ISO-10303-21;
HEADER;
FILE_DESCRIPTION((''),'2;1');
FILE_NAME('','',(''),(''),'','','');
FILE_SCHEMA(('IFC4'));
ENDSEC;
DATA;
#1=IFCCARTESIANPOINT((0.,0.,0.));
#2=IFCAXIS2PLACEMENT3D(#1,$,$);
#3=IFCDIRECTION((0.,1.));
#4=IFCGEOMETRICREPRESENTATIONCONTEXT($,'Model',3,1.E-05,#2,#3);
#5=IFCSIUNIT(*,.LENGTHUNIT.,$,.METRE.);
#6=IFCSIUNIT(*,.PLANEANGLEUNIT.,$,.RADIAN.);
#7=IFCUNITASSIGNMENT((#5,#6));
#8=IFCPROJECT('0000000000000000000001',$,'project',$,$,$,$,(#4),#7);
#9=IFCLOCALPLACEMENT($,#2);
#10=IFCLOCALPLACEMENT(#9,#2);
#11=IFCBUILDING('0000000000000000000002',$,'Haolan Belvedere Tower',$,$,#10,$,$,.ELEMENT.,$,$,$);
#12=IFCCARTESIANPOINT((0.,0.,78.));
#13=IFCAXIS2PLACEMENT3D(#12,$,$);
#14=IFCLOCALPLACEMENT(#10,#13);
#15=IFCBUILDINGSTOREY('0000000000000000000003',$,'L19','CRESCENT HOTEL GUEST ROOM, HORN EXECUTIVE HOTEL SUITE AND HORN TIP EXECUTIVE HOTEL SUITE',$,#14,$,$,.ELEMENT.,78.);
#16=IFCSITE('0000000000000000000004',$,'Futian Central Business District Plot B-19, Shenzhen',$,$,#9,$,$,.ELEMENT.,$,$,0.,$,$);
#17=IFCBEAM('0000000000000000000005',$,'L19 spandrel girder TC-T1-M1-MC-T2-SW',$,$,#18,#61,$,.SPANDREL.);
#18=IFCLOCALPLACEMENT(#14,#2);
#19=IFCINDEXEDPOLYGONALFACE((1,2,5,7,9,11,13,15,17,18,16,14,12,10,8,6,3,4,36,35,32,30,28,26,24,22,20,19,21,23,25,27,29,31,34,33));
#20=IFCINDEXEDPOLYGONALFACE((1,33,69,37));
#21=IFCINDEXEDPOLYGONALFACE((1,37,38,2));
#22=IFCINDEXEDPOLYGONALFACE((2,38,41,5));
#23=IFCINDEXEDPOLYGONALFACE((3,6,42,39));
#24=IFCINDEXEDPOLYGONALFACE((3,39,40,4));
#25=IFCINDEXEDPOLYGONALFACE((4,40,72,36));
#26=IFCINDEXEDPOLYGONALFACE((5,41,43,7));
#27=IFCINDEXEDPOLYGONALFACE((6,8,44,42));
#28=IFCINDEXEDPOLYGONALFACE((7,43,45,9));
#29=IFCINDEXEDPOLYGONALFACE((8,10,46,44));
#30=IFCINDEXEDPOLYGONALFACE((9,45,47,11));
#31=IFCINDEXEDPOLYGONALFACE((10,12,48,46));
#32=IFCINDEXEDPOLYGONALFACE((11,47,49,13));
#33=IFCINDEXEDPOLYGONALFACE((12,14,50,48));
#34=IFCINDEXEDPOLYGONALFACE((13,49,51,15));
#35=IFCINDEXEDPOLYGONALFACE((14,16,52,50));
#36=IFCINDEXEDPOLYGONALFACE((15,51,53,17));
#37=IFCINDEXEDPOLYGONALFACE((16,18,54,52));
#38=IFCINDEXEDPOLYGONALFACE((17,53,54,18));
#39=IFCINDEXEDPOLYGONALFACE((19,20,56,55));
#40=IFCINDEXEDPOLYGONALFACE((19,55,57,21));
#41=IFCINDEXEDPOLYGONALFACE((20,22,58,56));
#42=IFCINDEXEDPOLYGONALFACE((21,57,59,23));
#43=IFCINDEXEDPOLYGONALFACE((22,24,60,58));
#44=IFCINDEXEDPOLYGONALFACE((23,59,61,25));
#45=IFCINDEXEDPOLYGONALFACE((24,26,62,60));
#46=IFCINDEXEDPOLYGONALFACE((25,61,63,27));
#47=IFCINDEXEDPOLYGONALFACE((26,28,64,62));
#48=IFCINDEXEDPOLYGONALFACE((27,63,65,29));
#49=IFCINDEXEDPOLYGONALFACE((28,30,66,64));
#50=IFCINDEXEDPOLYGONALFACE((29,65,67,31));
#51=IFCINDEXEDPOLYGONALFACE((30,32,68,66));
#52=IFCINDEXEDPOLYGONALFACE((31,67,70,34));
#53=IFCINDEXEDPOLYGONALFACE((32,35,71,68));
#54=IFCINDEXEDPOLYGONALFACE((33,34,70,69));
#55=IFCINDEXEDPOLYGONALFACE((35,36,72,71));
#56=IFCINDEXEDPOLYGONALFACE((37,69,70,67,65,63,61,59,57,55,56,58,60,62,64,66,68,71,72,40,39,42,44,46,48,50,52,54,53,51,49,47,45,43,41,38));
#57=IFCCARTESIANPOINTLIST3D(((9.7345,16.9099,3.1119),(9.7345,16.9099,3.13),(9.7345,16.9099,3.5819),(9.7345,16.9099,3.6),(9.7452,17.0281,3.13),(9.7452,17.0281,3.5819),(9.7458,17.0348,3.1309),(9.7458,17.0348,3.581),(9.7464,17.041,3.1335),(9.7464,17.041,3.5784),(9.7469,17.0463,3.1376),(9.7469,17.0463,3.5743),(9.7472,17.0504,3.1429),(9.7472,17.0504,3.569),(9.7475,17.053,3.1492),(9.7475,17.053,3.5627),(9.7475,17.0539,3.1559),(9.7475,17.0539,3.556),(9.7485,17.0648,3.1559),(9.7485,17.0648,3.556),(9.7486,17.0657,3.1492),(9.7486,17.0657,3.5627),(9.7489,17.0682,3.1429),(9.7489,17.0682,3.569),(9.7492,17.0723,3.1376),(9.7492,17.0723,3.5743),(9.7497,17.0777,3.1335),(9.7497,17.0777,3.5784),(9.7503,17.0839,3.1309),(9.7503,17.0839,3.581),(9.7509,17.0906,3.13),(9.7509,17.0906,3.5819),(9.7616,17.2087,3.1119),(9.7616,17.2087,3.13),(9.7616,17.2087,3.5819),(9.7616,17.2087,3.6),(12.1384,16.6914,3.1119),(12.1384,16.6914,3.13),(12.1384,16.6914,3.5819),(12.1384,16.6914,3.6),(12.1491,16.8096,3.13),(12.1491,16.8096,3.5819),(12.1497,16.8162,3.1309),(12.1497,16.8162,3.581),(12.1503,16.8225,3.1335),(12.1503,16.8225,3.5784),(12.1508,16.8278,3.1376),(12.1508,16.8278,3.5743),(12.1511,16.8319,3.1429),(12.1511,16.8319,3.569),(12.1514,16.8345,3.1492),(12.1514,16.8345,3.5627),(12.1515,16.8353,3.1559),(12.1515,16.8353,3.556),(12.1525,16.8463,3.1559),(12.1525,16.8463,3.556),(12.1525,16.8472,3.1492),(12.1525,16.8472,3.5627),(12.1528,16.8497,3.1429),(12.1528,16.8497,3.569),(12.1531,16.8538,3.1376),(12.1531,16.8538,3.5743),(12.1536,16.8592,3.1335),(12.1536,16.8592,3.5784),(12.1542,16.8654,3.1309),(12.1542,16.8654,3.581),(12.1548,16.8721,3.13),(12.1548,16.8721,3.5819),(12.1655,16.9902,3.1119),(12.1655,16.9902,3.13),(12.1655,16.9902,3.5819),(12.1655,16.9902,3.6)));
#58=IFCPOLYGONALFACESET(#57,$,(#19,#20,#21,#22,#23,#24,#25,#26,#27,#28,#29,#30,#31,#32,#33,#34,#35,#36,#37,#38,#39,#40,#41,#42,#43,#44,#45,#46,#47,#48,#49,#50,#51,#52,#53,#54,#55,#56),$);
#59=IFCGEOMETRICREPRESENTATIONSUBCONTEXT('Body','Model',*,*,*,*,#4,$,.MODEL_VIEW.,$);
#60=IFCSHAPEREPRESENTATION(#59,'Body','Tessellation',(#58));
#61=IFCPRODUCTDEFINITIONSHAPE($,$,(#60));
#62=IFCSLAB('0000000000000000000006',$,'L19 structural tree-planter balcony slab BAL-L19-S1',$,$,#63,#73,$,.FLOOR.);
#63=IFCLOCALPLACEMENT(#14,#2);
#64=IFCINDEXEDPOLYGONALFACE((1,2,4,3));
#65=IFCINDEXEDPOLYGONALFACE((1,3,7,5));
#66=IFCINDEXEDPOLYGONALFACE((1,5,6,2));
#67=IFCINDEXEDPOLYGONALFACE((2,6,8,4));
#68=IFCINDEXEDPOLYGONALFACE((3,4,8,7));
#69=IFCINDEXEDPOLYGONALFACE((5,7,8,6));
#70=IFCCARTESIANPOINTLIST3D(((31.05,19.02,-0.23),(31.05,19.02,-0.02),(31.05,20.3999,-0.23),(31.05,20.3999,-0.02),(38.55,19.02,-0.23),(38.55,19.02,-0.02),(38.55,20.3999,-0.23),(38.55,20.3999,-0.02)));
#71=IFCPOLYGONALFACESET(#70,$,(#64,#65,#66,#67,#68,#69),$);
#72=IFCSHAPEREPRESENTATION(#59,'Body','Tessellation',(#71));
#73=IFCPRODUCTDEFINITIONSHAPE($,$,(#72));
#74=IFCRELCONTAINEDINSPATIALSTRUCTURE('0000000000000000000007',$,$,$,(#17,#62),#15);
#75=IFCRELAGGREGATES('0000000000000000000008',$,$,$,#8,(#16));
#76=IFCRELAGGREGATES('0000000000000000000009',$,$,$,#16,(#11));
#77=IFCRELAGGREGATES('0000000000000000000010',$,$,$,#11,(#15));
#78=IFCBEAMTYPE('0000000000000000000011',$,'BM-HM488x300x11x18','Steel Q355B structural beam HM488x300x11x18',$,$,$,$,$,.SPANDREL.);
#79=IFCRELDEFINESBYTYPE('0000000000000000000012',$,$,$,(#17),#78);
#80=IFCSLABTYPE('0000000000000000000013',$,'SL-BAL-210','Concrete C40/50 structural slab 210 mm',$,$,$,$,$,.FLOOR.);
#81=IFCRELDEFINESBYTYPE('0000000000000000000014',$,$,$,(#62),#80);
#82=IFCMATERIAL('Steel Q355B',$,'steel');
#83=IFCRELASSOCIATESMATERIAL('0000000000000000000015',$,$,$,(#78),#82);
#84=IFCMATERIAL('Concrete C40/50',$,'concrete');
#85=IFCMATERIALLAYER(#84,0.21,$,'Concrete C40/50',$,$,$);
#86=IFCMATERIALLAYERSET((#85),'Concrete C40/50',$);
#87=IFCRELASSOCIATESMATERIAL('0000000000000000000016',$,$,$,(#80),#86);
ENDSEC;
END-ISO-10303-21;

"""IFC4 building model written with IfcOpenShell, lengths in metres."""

from ifc_helpers import new_model, si_unit, direction, frame, origin, origin_2d, place, context, subcontext, project, spatial, polyline, i_section, outline, extrude, material, layer, layer_set, material_profile, profile_set, type_object, element, save


model = new_model("IFC4")

# Units and contexts
model_context = context("Model", 3, precision=1e-05, world=origin(), true_north=direction((0.0, 1.0)))
body_context = subcontext(model_context, "Body", "Model", "MODEL_VIEW")
ifc_project = project(units=[si_unit("LENGTHUNIT", "METRE"), si_unit("PLANEANGLEUNIT", "RADIAN")], contexts=[model_context])

# Site, building, storey
site_placement = place(None, origin())
site = spatial("IfcSite", under=ifc_project, at=site_placement, Name="Futian Central Business District Plot B-19, Shenzhen", CompositionType="ELEMENT", RefElevation=0.0)
building_placement = place(site_placement, origin())
building = spatial("IfcBuilding", under=site, at=building_placement, Name="Haolan Belvedere Tower", CompositionType="ELEMENT")
storey_placement = place(building_placement, frame((0.0, 0.0, 78.0)))
storey = spatial("IfcBuildingStorey", under=building, at=storey_placement, Name="L19", Description="CRESCENT HOTEL GUEST ROOM, HORN EXECUTIVE HOTEL SUITE AND HORN TIP EXECUTIVE HOTEL SUITE", CompositionType="ELEMENT", Elevation=78.0)

# Shared definitions
ifc_material_1 = material(Name="Steel Q355B", Category="steel")

# Beam
ifc_material_profile_1 = material_profile(ifc_material_1, i_section(OverallWidth=0.3, OverallDepth=0.488, WebThickness=0.011, FlangeThickness=0.0181, FilletRadius=0.0259, at=origin_2d()), Name="Steel Q355B")
ifc_profile_set_1 = profile_set([ifc_material_profile_1], Name="Steel Q355B")
beam_type = type_object("IfcBeamType", Name="BM-HM488x300x11x18", Description="Steel Q355B structural beam HM488x300x11x18", PredefinedType="SPANDREL", material=ifc_profile_set_1)
beam_1_placement = place(storey_placement, frame((9.748, 17.0593, 3.356), z_axis=(0.995894, -0.090527, 0.0), x_axis=(0.090527, 0.995894, 0.0)))
element("IfcBeam", 1, at=beam_1_placement, inside=storey, type_object=beam_type, Name="L19 spandrel girder TC-T1-M1-MC-T2-SW", PredefinedType="SPANDREL", context=body_context, shape_type="SweptSolid", body=[
    extrude(i_section(OverallWidth=0.3, OverallDepth=0.488, WebThickness=0.011, FlangeThickness=0.0181, FilletRadius=0.0259, at=origin_2d()), origin(), (0.0, 0.0, 1.0), 2.4138),
])

# Slab
ifc_material_2 = material(Name="Concrete C40/50", Category="concrete")
ifc_layer_1 = layer(ifc_material_2, 0.21, Name="Concrete C40/50")
ifc_layer_set_1 = layer_set([ifc_layer_1], Name="Concrete C40/50")
slab_type_1 = type_object("IfcSlabType", Name="SL-BAL-210", Description="Concrete C40/50 structural slab 210 mm", PredefinedType="FLOOR", material=ifc_layer_set_1)
slab_1_placement = place(storey_placement, frame((0.0, 0.0, -0.23)))
element("IfcSlab", 2, at=slab_1_placement, inside=storey, type_object=slab_type_1, Name="L19 structural tree-planter balcony slab BAL-L19-S1", PredefinedType="FLOOR", context=body_context, shape_type="SweptSolid", body=[
    extrude(outline(polyline([(31.05, 19.02), (38.55, 19.02), (38.55, 20.3999), (31.05, 20.3999), (31.05, 19.02)])), origin(), (0.0, 0.0, 1.0), 0.21),
])

save(model, "model.ifc")
